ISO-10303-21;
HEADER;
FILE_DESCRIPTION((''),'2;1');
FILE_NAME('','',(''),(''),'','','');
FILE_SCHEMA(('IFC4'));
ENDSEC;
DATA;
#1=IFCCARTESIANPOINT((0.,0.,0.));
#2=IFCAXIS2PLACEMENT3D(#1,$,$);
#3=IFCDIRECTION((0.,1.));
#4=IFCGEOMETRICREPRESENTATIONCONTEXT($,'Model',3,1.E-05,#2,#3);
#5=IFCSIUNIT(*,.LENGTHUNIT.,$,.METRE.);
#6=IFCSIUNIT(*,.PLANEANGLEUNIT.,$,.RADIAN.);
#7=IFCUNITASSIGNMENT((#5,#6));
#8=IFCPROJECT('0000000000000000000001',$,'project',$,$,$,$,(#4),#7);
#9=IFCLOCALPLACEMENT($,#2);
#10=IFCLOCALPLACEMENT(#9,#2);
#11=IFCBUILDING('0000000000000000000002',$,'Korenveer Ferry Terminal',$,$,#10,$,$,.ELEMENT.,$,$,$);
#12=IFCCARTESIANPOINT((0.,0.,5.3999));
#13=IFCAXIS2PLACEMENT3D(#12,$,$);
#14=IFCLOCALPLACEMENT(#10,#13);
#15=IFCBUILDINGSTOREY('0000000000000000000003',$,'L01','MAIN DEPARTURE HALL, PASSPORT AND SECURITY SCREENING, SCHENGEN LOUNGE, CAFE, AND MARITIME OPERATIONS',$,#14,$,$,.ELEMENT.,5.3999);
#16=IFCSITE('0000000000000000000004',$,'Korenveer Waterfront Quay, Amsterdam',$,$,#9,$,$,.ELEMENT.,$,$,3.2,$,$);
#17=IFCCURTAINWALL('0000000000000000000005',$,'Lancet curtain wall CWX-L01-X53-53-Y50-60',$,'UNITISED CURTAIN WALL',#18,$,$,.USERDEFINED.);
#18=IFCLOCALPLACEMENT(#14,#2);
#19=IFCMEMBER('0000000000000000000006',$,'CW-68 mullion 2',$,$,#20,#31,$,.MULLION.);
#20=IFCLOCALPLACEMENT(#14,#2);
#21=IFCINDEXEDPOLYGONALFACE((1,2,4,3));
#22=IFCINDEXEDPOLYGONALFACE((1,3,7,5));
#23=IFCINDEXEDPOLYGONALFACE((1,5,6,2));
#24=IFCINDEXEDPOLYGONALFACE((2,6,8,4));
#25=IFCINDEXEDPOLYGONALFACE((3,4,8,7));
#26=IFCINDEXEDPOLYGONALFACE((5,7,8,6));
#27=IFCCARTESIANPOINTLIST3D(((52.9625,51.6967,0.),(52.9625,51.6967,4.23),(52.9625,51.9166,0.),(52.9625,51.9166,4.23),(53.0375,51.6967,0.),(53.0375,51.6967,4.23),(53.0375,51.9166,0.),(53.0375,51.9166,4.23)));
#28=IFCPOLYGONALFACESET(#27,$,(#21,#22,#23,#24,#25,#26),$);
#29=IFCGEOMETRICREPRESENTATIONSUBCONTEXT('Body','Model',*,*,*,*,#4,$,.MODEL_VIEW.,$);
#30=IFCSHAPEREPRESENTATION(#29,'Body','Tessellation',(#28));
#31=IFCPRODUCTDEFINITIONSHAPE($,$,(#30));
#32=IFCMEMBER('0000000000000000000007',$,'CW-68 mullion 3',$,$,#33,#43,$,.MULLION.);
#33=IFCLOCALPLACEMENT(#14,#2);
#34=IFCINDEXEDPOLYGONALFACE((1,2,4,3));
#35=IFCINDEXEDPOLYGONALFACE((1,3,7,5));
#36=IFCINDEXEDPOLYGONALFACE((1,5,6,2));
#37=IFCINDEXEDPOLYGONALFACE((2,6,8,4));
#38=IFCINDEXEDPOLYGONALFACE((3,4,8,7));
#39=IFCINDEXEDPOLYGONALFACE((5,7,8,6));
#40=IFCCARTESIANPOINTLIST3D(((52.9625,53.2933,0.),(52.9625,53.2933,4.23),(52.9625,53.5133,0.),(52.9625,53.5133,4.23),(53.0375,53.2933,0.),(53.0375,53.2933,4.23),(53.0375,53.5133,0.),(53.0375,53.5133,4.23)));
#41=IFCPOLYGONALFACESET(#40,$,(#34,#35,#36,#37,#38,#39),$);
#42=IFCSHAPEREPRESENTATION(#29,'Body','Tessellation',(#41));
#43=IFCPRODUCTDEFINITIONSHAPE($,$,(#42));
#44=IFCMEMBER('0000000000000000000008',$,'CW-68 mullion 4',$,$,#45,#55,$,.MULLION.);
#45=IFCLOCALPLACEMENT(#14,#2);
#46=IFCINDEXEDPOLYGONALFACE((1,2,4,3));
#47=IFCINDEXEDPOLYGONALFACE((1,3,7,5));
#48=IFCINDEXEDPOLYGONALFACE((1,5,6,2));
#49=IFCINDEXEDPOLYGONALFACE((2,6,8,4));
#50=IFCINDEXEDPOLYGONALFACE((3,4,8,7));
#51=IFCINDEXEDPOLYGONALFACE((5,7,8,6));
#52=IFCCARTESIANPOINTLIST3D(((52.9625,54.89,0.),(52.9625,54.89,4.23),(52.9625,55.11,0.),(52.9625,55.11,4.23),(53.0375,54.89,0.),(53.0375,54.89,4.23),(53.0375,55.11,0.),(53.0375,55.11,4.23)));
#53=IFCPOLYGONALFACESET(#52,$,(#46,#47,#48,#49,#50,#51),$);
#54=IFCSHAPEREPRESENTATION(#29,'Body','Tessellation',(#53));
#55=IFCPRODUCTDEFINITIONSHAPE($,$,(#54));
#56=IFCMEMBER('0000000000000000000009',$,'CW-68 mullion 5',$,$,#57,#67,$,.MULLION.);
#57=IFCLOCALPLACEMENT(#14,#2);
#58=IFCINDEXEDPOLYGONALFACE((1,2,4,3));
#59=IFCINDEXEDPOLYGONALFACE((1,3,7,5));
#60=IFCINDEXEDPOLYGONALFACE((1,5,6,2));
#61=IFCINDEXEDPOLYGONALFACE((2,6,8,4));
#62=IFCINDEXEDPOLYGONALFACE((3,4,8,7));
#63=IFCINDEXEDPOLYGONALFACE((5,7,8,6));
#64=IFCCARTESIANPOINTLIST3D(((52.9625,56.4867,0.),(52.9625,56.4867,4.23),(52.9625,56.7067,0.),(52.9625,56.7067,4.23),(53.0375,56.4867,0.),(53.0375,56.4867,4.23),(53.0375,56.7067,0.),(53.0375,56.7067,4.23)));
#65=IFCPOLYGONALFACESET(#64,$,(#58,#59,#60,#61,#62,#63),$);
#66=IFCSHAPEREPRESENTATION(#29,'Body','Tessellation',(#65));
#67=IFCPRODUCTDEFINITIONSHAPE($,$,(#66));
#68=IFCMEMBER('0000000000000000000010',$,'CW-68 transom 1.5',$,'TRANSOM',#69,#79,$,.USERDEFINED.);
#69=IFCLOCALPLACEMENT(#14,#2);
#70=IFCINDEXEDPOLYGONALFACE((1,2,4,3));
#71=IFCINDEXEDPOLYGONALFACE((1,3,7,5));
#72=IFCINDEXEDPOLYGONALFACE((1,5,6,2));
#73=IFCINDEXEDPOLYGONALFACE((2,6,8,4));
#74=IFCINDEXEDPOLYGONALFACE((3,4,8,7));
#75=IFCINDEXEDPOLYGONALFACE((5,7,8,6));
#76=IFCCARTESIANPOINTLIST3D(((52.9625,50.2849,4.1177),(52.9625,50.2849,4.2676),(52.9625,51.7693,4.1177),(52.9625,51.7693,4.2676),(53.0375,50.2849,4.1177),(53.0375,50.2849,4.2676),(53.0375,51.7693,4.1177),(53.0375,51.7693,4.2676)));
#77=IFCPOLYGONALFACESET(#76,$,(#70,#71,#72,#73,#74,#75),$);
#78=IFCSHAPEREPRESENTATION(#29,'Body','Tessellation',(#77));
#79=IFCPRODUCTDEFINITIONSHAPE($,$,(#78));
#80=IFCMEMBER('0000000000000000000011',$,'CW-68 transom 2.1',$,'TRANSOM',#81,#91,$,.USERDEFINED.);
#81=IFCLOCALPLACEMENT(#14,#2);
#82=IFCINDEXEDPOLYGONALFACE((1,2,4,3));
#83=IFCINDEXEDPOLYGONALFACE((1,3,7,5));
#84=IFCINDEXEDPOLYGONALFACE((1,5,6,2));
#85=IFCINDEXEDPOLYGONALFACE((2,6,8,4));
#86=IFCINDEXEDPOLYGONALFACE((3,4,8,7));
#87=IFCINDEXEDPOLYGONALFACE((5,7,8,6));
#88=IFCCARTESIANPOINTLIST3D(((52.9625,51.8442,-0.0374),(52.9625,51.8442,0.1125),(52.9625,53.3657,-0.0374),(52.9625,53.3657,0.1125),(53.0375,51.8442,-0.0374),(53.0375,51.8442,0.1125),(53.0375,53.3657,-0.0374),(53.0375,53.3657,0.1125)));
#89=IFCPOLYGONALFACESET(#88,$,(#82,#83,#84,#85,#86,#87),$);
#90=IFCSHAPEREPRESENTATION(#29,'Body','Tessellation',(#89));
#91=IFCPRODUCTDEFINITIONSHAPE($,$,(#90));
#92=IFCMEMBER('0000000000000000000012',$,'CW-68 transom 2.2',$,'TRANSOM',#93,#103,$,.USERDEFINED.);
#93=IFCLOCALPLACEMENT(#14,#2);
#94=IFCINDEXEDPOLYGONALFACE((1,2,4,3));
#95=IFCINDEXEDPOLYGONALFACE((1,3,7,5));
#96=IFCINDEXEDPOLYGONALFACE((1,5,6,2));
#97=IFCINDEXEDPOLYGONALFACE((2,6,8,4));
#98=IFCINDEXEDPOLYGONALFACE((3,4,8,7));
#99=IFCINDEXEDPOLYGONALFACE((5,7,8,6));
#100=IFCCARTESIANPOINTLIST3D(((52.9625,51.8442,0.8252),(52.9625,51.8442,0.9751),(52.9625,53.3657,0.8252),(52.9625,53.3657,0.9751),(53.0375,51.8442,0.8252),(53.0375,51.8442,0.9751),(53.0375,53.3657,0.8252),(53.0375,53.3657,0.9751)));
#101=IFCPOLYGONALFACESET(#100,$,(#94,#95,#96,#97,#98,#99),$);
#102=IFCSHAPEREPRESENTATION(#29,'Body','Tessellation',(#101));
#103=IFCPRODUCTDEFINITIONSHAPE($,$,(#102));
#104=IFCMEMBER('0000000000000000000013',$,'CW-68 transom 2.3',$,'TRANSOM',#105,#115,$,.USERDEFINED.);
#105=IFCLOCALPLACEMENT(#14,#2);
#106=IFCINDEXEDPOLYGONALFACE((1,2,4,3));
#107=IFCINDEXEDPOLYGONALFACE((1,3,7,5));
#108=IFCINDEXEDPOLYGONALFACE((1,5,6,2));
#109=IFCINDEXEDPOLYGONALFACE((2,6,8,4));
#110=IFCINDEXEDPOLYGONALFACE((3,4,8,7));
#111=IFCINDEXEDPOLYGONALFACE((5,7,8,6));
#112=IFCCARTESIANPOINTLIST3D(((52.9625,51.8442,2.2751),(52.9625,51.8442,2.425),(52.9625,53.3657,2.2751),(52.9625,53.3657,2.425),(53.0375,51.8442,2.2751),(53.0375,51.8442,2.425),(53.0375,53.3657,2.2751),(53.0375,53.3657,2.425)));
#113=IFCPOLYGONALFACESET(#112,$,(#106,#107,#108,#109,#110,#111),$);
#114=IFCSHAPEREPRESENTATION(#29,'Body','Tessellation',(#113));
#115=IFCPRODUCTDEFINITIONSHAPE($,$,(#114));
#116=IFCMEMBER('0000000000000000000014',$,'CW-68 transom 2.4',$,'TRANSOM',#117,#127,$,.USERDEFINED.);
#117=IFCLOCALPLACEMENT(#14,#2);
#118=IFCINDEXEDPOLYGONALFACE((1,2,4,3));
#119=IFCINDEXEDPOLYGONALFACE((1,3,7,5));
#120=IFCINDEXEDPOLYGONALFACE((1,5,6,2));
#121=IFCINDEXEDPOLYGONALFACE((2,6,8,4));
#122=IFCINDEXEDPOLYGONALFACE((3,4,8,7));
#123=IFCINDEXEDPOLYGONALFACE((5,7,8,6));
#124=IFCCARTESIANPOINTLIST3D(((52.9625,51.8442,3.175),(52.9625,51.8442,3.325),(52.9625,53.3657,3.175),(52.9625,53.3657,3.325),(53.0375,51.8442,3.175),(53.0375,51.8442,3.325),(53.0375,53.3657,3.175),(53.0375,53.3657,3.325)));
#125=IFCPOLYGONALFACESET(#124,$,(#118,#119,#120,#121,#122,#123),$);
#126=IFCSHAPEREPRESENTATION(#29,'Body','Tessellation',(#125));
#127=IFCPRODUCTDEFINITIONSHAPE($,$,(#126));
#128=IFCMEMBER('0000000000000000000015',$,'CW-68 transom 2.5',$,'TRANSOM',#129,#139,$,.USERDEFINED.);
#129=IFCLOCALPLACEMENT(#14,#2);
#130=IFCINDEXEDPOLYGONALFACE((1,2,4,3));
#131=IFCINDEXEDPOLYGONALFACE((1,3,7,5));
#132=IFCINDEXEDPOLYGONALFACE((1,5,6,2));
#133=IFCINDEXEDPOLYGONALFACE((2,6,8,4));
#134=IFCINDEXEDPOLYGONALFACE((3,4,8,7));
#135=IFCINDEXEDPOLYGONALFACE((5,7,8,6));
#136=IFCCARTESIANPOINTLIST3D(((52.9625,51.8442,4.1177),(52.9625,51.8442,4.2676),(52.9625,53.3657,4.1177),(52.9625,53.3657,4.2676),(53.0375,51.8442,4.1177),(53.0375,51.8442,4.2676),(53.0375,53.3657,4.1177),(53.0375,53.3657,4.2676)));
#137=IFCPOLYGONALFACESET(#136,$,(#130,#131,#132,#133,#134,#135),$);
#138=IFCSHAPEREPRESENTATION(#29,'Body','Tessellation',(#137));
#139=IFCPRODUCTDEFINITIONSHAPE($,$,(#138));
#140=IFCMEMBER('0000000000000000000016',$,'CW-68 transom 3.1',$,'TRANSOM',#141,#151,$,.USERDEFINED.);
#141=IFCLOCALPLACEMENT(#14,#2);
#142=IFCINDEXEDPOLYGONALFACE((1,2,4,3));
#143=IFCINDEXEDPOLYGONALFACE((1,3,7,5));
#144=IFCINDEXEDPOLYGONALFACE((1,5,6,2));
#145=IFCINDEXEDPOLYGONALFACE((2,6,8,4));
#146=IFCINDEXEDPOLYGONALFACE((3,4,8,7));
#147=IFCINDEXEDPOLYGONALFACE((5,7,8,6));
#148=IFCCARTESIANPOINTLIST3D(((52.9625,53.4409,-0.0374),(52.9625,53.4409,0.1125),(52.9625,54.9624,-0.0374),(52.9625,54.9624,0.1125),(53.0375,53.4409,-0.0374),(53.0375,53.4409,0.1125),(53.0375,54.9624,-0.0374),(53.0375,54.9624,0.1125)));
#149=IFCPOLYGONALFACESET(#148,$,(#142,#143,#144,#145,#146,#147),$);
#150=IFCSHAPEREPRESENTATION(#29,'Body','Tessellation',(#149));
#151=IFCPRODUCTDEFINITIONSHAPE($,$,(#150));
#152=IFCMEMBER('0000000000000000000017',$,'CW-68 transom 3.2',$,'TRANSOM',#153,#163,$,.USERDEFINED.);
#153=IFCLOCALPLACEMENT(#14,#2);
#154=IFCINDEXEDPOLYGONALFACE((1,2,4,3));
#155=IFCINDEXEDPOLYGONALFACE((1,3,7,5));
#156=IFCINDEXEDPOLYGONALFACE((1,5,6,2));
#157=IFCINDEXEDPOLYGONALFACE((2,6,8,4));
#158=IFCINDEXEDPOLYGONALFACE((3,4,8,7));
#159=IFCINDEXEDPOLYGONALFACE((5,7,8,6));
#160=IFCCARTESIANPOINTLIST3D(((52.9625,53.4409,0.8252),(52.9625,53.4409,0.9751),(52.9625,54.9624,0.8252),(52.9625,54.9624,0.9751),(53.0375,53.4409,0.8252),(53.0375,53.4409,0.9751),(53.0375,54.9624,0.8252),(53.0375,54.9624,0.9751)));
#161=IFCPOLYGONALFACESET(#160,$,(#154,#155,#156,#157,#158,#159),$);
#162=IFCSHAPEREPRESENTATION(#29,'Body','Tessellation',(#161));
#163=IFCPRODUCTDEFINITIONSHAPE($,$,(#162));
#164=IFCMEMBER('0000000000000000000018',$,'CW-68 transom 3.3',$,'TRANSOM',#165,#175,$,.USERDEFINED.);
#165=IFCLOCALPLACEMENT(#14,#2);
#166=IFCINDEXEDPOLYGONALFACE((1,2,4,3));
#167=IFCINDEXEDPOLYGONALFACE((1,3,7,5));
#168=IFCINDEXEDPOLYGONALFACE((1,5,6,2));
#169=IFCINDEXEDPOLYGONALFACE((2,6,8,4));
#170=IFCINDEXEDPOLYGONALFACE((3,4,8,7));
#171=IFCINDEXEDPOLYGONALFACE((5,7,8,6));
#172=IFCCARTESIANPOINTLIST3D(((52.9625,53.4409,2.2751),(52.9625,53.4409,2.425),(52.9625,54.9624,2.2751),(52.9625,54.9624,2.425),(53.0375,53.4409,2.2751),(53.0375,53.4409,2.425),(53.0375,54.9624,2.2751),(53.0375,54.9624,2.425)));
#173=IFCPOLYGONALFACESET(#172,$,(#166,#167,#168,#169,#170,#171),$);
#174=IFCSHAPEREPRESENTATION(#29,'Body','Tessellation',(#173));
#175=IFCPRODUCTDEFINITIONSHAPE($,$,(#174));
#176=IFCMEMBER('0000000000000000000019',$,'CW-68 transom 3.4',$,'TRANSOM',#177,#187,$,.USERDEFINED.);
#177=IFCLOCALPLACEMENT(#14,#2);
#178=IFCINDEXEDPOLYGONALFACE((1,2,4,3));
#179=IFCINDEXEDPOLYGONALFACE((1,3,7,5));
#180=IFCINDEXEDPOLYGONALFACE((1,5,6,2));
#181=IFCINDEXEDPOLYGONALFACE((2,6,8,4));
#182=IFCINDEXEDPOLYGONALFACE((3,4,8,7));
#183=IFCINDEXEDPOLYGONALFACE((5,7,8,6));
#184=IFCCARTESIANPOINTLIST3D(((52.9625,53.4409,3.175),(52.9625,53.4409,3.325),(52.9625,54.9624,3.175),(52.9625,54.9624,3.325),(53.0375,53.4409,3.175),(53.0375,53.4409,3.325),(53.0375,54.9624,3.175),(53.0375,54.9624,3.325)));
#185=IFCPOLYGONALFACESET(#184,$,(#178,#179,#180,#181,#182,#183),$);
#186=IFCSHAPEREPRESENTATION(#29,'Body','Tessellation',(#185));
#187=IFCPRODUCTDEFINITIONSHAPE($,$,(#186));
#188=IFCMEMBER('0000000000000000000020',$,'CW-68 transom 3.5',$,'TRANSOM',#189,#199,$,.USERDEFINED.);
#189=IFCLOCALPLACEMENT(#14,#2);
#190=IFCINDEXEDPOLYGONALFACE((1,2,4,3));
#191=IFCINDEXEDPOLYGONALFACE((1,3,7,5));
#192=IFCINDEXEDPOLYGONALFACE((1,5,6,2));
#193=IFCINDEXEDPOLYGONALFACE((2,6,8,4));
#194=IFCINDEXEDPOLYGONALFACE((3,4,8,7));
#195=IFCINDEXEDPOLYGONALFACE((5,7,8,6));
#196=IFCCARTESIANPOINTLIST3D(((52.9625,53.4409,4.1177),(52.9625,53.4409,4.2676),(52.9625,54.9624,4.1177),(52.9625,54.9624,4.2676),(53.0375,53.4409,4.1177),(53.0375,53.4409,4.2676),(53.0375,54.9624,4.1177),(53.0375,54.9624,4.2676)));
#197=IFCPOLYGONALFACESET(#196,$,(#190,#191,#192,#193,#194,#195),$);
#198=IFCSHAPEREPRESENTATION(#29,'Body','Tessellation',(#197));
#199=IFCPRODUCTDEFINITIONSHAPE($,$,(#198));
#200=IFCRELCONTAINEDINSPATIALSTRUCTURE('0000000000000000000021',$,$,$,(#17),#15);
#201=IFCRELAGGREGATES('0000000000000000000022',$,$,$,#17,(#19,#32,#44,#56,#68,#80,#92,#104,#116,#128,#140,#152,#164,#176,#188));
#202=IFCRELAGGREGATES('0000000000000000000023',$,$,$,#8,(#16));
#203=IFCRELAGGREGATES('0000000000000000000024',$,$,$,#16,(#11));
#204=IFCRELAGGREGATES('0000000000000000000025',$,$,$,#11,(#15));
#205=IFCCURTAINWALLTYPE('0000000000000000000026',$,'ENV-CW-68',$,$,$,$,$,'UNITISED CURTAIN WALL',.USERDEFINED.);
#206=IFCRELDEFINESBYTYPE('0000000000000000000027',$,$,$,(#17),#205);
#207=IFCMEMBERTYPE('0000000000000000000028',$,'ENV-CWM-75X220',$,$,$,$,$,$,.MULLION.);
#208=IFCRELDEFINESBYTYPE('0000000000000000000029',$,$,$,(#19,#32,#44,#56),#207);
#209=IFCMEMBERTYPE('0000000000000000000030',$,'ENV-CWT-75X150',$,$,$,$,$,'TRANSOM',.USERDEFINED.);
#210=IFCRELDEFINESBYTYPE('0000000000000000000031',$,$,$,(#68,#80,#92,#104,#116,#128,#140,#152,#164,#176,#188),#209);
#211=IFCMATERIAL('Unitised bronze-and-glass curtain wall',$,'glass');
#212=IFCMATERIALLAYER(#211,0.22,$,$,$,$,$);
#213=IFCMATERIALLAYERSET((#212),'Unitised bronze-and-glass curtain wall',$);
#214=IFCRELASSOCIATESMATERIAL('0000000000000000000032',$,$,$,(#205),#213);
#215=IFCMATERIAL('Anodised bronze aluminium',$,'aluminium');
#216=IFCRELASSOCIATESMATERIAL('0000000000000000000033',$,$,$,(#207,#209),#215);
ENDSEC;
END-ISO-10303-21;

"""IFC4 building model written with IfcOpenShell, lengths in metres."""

from ifc_helpers import new_model, si_unit, direction, frame, origin, origin_2d, place, context, subcontext, project, spatial, rectangle, extrude, material, layer, layer_set, material_profile, profile_set, type_object, element, aggregate, save


model = new_model("IFC4")

# Units and contexts
model_context = context("Model", 3, precision=1e-05, world=origin(), true_north=direction((0.0, 1.0)))
body_context = subcontext(model_context, "Body", "Model", "MODEL_VIEW")
ifc_project = project(units=[si_unit("LENGTHUNIT", "METRE"), si_unit("PLANEANGLEUNIT", "RADIAN")], contexts=[model_context])

# Site, building, storey
site_placement = place(None, origin())
site = spatial("IfcSite", under=ifc_project, at=site_placement, Name="Korenveer Waterfront Quay, Amsterdam", CompositionType="ELEMENT", RefElevation=3.2)
building_placement = place(site_placement, origin())
building = spatial("IfcBuilding", under=site, at=building_placement, Name="Korenveer Ferry Terminal", CompositionType="ELEMENT")
storey_placement = place(building_placement, frame((0.0, 0.0, 5.3999)))
storey = spatial("IfcBuildingStorey", under=building, at=storey_placement, Name="L01", Description="MAIN DEPARTURE HALL, PASSPORT AND SECURITY SCREENING, SCHENGEN LOUNGE, CAFE, AND MARITIME OPERATIONS", CompositionType="ELEMENT", Elevation=5.3999)

# Curtain wall, members
ifc_material_1 = material(Name="Unitised bronze-and-glass curtain wall", Category="glass")
ifc_layer_1 = layer(ifc_material_1, 0.22)
ifc_layer_set_1 = layer_set([ifc_layer_1], Name="Unitised bronze-and-glass curtain wall")
curtain_wall_type = type_object("IfcCurtainWallType", Name="ENV-CW-68", ElementType="UNITISED CURTAIN WALL", PredefinedType="USERDEFINED", material=ifc_layer_set_1)
curtain_wall_placement = place(storey_placement, frame((53.0, 50.21, 0.0)))
curtain_wall = element("IfcCurtainWall", 1, at=curtain_wall_placement, inside=storey, type_object=curtain_wall_type, Name="Lancet curtain wall CWX-L01-X53-53-Y50-60", ObjectType="UNITISED CURTAIN WALL", PredefinedType="USERDEFINED")
ifc_material_2 = material(Name="Anodised bronze aluminium", Category="aluminium")
ifc_material_profile_1 = material_profile(ifc_material_2, rectangle(XDim=0.075, YDim=0.22, at=origin_2d()), Name="ALU 75x220")
ifc_profile_set_1 = profile_set([ifc_material_profile_1], Name="Anodised bronze aluminium")
member_type_1 = type_object("IfcMemberType", Name="ENV-CWM-75X220", PredefinedType="MULLION", material=ifc_profile_set_1)
member_1_placement = place(storey_placement, frame((53.0, 51.8066, 0.0), z_axis=(0.0, 0.0, 1.0), x_axis=(-1.0, 0.0, 0.0)))
member_1 = element("IfcMember", 2, at=member_1_placement, type_object=member_type_1, Name="CW-68 mullion 2", PredefinedType="MULLION", context=body_context, shape_type="SweptSolid", body=[
    extrude(rectangle(XDim=0.075, YDim=0.22, at=origin_2d()), origin(), (0.0, 0.0, 1.0), 4.23),
])
member_2_placement = place(storey_placement, frame((53.0, 53.4033, 0.0), z_axis=(0.0, 0.0, 1.0), x_axis=(-1.0, 0.0, 0.0)))
member_2 = element("IfcMember", 3, at=member_2_placement, type_object=member_type_1, Name="CW-68 mullion 3", PredefinedType="MULLION", context=body_context, shape_type="SweptSolid", body=[
    extrude(rectangle(XDim=0.075, YDim=0.22, at=origin_2d()), origin(), (0.0, 0.0, 1.0), 4.23),
])
member_3_placement = place(storey_placement, frame((53.0, 55.0, 0.0), z_axis=(0.0, 0.0, 1.0), x_axis=(-1.0, 0.0, 0.0)))
member_3 = element("IfcMember", 4, at=member_3_placement, type_object=member_type_1, Name="CW-68 mullion 4", PredefinedType="MULLION", context=body_context, shape_type="SweptSolid", body=[
    extrude(rectangle(XDim=0.075, YDim=0.22, at=origin_2d()), origin(), (0.0, 0.0, 1.0), 4.23),
])
member_4_placement = place(storey_placement, frame((53.0, 56.5967, 0.0), z_axis=(0.0, 0.0, 1.0), x_axis=(-1.0, 0.0, 0.0)))
member_4 = element("IfcMember", 5, at=member_4_placement, type_object=member_type_1, Name="CW-68 mullion 5", PredefinedType="MULLION", context=body_context, shape_type="SweptSolid", body=[
    extrude(rectangle(XDim=0.075, YDim=0.22, at=origin_2d()), origin(), (0.0, 0.0, 1.0), 4.23),
])
ifc_material_profile_2 = material_profile(ifc_material_2, rectangle(XDim=0.075, YDim=0.1499, at=origin_2d()), Name="ALU 75x150")
ifc_profile_set_2 = profile_set([ifc_material_profile_2], Name="Anodised bronze aluminium")
member_type_2 = type_object("IfcMemberType", Name="ENV-CWT-75X150", ElementType="TRANSOM", PredefinedType="USERDEFINED", material=ifc_profile_set_2)
member_5_placement = place(storey_placement, frame((53.0, 50.2849, 4.1926), z_axis=(0.0, 1.0, 0.0), x_axis=(-1.0, 0.0, 0.0)))
member_5 = element("IfcMember", 6, at=member_5_placement, type_object=member_type_2, Name="CW-68 transom 1.5", ObjectType="TRANSOM", PredefinedType="USERDEFINED", context=body_context, shape_type="SweptSolid", body=[
    extrude(rectangle(XDim=0.075, YDim=0.1499, at=origin_2d()), origin(), (0.0, 0.0, 1.0), 1.4844),
])
member_6_placement = place(storey_placement, frame((53.0, 51.8442, 0.0376), z_axis=(0.0, 1.0, 0.0), x_axis=(-1.0, 0.0, 0.0)))
member_6 = element("IfcMember", 7, at=member_6_placement, type_object=member_type_2, Name="CW-68 transom 2.1", ObjectType="TRANSOM", PredefinedType="USERDEFINED", context=body_context, shape_type="SweptSolid", body=[
    extrude(rectangle(XDim=0.075, YDim=0.1499, at=origin_2d()), origin(), (0.0, 0.0, 1.0), 1.5215),
])
member_7_placement = place(storey_placement, frame((53.0, 51.8442, 0.9001), z_axis=(0.0, 1.0, 0.0), x_axis=(-1.0, 0.0, 0.0)))
member_7 = element("IfcMember", 8, at=member_7_placement, type_object=member_type_2, Name="CW-68 transom 2.2", ObjectType="TRANSOM", PredefinedType="USERDEFINED", context=body_context, shape_type="SweptSolid", body=[
    extrude(rectangle(XDim=0.075, YDim=0.1499, at=origin_2d()), origin(), (0.0, 0.0, 1.0), 1.5215),
])
member_8_placement = place(storey_placement, frame((53.0, 51.8442, 2.3501), z_axis=(0.0, 1.0, 0.0), x_axis=(-1.0, 0.0, 0.0)))
member_8 = element("IfcMember", 9, at=member_8_placement, type_object=member_type_2, Name="CW-68 transom 2.3", ObjectType="TRANSOM", PredefinedType="USERDEFINED", context=body_context, shape_type="SweptSolid", body=[
    extrude(rectangle(XDim=0.075, YDim=0.1499, at=origin_2d()), origin(), (0.0, 0.0, 1.0), 1.5215),
])
member_9_placement = place(storey_placement, frame((53.0, 51.8442, 3.25), z_axis=(0.0, 1.0, 0.0), x_axis=(-1.0, 0.0, 0.0)))
member_9 = element("IfcMember", 10, at=member_9_placement, type_object=member_type_2, Name="CW-68 transom 2.4", ObjectType="TRANSOM", PredefinedType="USERDEFINED", context=body_context, shape_type="SweptSolid", body=[
    extrude(rectangle(XDim=0.075, YDim=0.1499, at=origin_2d()), origin(), (0.0, 0.0, 1.0), 1.5215),
])
member_10_placement = place(storey_placement, frame((53.0, 51.8442, 4.1926), z_axis=(0.0, 1.0, 0.0), x_axis=(-1.0, 0.0, 0.0)))
member_10 = element("IfcMember", 11, at=member_10_placement, type_object=member_type_2, Name="CW-68 transom 2.5", ObjectType="TRANSOM", PredefinedType="USERDEFINED", context=body_context, shape_type="SweptSolid", body=[
    extrude(rectangle(XDim=0.075, YDim=0.1499, at=origin_2d()), origin(), (0.0, 0.0, 1.0), 1.5215),
])
member_11_placement = place(storey_placement, frame((53.0, 53.4409, 0.0376), z_axis=(0.0, 1.0, 0.0), x_axis=(-1.0, 0.0, 0.0)))
member_11 = element("IfcMember", 12, at=member_11_placement, type_object=member_type_2, Name="CW-68 transom 3.1", ObjectType="TRANSOM", PredefinedType="USERDEFINED", context=body_context, shape_type="SweptSolid", body=[
    extrude(rectangle(XDim=0.075, YDim=0.1499, at=origin_2d()), origin(), (0.0, 0.0, 1.0), 1.5215),
])
member_12_placement = place(storey_placement, frame((53.0, 53.4409, 0.9001), z_axis=(0.0, 1.0, 0.0), x_axis=(-1.0, 0.0, 0.0)))
member_12 = element("IfcMember", 13, at=member_12_placement, type_object=member_type_2, Name="CW-68 transom 3.2", ObjectType="TRANSOM", PredefinedType="USERDEFINED", context=body_context, shape_type="SweptSolid", body=[
    extrude(rectangle(XDim=0.075, YDim=0.1499, at=origin_2d()), origin(), (0.0, 0.0, 1.0), 1.5215),
])
member_13_placement = place(storey_placement, frame((53.0, 53.4409, 2.3501), z_axis=(0.0, 1.0, 0.0), x_axis=(-1.0, 0.0, 0.0)))
member_13 = element("IfcMember", 14, at=member_13_placement, type_object=member_type_2, Name="CW-68 transom 3.3", ObjectType="TRANSOM", PredefinedType="USERDEFINED", context=body_context, shape_type="SweptSolid", body=[
    extrude(rectangle(XDim=0.075, YDim=0.1499, at=origin_2d()), origin(), (0.0, 0.0, 1.0), 1.5215),
])
member_14_placement = place(storey_placement, frame((53.0, 53.4409, 3.25), z_axis=(0.0, 1.0, 0.0), x_axis=(-1.0, 0.0, 0.0)))
member_14 = element("IfcMember", 15, at=member_14_placement, type_object=member_type_2, Name="CW-68 transom 3.4", ObjectType="TRANSOM", PredefinedType="USERDEFINED", context=body_context, shape_type="SweptSolid", body=[
    extrude(rectangle(XDim=0.075, YDim=0.1499, at=origin_2d()), origin(), (0.0, 0.0, 1.0), 1.5215),
])
member_15_placement = place(storey_placement, frame((53.0, 53.4409, 4.1926), z_axis=(0.0, 1.0, 0.0), x_axis=(-1.0, 0.0, 0.0)))
member_15 = element("IfcMember", 16, at=member_15_placement, type_object=member_type_2, Name="CW-68 transom 3.5", ObjectType="TRANSOM", PredefinedType="USERDEFINED", context=body_context, shape_type="SweptSolid", body=[
    extrude(rectangle(XDim=0.075, YDim=0.1499, at=origin_2d()), origin(), (0.0, 0.0, 1.0), 1.5215),
])
aggregate(curtain_wall, [member_1, member_2, member_3, member_4, member_5, member_6, member_7, member_8, member_9, member_10, member_11, member_12, member_13, member_14, member_15])

save(model, "model.ifc")
